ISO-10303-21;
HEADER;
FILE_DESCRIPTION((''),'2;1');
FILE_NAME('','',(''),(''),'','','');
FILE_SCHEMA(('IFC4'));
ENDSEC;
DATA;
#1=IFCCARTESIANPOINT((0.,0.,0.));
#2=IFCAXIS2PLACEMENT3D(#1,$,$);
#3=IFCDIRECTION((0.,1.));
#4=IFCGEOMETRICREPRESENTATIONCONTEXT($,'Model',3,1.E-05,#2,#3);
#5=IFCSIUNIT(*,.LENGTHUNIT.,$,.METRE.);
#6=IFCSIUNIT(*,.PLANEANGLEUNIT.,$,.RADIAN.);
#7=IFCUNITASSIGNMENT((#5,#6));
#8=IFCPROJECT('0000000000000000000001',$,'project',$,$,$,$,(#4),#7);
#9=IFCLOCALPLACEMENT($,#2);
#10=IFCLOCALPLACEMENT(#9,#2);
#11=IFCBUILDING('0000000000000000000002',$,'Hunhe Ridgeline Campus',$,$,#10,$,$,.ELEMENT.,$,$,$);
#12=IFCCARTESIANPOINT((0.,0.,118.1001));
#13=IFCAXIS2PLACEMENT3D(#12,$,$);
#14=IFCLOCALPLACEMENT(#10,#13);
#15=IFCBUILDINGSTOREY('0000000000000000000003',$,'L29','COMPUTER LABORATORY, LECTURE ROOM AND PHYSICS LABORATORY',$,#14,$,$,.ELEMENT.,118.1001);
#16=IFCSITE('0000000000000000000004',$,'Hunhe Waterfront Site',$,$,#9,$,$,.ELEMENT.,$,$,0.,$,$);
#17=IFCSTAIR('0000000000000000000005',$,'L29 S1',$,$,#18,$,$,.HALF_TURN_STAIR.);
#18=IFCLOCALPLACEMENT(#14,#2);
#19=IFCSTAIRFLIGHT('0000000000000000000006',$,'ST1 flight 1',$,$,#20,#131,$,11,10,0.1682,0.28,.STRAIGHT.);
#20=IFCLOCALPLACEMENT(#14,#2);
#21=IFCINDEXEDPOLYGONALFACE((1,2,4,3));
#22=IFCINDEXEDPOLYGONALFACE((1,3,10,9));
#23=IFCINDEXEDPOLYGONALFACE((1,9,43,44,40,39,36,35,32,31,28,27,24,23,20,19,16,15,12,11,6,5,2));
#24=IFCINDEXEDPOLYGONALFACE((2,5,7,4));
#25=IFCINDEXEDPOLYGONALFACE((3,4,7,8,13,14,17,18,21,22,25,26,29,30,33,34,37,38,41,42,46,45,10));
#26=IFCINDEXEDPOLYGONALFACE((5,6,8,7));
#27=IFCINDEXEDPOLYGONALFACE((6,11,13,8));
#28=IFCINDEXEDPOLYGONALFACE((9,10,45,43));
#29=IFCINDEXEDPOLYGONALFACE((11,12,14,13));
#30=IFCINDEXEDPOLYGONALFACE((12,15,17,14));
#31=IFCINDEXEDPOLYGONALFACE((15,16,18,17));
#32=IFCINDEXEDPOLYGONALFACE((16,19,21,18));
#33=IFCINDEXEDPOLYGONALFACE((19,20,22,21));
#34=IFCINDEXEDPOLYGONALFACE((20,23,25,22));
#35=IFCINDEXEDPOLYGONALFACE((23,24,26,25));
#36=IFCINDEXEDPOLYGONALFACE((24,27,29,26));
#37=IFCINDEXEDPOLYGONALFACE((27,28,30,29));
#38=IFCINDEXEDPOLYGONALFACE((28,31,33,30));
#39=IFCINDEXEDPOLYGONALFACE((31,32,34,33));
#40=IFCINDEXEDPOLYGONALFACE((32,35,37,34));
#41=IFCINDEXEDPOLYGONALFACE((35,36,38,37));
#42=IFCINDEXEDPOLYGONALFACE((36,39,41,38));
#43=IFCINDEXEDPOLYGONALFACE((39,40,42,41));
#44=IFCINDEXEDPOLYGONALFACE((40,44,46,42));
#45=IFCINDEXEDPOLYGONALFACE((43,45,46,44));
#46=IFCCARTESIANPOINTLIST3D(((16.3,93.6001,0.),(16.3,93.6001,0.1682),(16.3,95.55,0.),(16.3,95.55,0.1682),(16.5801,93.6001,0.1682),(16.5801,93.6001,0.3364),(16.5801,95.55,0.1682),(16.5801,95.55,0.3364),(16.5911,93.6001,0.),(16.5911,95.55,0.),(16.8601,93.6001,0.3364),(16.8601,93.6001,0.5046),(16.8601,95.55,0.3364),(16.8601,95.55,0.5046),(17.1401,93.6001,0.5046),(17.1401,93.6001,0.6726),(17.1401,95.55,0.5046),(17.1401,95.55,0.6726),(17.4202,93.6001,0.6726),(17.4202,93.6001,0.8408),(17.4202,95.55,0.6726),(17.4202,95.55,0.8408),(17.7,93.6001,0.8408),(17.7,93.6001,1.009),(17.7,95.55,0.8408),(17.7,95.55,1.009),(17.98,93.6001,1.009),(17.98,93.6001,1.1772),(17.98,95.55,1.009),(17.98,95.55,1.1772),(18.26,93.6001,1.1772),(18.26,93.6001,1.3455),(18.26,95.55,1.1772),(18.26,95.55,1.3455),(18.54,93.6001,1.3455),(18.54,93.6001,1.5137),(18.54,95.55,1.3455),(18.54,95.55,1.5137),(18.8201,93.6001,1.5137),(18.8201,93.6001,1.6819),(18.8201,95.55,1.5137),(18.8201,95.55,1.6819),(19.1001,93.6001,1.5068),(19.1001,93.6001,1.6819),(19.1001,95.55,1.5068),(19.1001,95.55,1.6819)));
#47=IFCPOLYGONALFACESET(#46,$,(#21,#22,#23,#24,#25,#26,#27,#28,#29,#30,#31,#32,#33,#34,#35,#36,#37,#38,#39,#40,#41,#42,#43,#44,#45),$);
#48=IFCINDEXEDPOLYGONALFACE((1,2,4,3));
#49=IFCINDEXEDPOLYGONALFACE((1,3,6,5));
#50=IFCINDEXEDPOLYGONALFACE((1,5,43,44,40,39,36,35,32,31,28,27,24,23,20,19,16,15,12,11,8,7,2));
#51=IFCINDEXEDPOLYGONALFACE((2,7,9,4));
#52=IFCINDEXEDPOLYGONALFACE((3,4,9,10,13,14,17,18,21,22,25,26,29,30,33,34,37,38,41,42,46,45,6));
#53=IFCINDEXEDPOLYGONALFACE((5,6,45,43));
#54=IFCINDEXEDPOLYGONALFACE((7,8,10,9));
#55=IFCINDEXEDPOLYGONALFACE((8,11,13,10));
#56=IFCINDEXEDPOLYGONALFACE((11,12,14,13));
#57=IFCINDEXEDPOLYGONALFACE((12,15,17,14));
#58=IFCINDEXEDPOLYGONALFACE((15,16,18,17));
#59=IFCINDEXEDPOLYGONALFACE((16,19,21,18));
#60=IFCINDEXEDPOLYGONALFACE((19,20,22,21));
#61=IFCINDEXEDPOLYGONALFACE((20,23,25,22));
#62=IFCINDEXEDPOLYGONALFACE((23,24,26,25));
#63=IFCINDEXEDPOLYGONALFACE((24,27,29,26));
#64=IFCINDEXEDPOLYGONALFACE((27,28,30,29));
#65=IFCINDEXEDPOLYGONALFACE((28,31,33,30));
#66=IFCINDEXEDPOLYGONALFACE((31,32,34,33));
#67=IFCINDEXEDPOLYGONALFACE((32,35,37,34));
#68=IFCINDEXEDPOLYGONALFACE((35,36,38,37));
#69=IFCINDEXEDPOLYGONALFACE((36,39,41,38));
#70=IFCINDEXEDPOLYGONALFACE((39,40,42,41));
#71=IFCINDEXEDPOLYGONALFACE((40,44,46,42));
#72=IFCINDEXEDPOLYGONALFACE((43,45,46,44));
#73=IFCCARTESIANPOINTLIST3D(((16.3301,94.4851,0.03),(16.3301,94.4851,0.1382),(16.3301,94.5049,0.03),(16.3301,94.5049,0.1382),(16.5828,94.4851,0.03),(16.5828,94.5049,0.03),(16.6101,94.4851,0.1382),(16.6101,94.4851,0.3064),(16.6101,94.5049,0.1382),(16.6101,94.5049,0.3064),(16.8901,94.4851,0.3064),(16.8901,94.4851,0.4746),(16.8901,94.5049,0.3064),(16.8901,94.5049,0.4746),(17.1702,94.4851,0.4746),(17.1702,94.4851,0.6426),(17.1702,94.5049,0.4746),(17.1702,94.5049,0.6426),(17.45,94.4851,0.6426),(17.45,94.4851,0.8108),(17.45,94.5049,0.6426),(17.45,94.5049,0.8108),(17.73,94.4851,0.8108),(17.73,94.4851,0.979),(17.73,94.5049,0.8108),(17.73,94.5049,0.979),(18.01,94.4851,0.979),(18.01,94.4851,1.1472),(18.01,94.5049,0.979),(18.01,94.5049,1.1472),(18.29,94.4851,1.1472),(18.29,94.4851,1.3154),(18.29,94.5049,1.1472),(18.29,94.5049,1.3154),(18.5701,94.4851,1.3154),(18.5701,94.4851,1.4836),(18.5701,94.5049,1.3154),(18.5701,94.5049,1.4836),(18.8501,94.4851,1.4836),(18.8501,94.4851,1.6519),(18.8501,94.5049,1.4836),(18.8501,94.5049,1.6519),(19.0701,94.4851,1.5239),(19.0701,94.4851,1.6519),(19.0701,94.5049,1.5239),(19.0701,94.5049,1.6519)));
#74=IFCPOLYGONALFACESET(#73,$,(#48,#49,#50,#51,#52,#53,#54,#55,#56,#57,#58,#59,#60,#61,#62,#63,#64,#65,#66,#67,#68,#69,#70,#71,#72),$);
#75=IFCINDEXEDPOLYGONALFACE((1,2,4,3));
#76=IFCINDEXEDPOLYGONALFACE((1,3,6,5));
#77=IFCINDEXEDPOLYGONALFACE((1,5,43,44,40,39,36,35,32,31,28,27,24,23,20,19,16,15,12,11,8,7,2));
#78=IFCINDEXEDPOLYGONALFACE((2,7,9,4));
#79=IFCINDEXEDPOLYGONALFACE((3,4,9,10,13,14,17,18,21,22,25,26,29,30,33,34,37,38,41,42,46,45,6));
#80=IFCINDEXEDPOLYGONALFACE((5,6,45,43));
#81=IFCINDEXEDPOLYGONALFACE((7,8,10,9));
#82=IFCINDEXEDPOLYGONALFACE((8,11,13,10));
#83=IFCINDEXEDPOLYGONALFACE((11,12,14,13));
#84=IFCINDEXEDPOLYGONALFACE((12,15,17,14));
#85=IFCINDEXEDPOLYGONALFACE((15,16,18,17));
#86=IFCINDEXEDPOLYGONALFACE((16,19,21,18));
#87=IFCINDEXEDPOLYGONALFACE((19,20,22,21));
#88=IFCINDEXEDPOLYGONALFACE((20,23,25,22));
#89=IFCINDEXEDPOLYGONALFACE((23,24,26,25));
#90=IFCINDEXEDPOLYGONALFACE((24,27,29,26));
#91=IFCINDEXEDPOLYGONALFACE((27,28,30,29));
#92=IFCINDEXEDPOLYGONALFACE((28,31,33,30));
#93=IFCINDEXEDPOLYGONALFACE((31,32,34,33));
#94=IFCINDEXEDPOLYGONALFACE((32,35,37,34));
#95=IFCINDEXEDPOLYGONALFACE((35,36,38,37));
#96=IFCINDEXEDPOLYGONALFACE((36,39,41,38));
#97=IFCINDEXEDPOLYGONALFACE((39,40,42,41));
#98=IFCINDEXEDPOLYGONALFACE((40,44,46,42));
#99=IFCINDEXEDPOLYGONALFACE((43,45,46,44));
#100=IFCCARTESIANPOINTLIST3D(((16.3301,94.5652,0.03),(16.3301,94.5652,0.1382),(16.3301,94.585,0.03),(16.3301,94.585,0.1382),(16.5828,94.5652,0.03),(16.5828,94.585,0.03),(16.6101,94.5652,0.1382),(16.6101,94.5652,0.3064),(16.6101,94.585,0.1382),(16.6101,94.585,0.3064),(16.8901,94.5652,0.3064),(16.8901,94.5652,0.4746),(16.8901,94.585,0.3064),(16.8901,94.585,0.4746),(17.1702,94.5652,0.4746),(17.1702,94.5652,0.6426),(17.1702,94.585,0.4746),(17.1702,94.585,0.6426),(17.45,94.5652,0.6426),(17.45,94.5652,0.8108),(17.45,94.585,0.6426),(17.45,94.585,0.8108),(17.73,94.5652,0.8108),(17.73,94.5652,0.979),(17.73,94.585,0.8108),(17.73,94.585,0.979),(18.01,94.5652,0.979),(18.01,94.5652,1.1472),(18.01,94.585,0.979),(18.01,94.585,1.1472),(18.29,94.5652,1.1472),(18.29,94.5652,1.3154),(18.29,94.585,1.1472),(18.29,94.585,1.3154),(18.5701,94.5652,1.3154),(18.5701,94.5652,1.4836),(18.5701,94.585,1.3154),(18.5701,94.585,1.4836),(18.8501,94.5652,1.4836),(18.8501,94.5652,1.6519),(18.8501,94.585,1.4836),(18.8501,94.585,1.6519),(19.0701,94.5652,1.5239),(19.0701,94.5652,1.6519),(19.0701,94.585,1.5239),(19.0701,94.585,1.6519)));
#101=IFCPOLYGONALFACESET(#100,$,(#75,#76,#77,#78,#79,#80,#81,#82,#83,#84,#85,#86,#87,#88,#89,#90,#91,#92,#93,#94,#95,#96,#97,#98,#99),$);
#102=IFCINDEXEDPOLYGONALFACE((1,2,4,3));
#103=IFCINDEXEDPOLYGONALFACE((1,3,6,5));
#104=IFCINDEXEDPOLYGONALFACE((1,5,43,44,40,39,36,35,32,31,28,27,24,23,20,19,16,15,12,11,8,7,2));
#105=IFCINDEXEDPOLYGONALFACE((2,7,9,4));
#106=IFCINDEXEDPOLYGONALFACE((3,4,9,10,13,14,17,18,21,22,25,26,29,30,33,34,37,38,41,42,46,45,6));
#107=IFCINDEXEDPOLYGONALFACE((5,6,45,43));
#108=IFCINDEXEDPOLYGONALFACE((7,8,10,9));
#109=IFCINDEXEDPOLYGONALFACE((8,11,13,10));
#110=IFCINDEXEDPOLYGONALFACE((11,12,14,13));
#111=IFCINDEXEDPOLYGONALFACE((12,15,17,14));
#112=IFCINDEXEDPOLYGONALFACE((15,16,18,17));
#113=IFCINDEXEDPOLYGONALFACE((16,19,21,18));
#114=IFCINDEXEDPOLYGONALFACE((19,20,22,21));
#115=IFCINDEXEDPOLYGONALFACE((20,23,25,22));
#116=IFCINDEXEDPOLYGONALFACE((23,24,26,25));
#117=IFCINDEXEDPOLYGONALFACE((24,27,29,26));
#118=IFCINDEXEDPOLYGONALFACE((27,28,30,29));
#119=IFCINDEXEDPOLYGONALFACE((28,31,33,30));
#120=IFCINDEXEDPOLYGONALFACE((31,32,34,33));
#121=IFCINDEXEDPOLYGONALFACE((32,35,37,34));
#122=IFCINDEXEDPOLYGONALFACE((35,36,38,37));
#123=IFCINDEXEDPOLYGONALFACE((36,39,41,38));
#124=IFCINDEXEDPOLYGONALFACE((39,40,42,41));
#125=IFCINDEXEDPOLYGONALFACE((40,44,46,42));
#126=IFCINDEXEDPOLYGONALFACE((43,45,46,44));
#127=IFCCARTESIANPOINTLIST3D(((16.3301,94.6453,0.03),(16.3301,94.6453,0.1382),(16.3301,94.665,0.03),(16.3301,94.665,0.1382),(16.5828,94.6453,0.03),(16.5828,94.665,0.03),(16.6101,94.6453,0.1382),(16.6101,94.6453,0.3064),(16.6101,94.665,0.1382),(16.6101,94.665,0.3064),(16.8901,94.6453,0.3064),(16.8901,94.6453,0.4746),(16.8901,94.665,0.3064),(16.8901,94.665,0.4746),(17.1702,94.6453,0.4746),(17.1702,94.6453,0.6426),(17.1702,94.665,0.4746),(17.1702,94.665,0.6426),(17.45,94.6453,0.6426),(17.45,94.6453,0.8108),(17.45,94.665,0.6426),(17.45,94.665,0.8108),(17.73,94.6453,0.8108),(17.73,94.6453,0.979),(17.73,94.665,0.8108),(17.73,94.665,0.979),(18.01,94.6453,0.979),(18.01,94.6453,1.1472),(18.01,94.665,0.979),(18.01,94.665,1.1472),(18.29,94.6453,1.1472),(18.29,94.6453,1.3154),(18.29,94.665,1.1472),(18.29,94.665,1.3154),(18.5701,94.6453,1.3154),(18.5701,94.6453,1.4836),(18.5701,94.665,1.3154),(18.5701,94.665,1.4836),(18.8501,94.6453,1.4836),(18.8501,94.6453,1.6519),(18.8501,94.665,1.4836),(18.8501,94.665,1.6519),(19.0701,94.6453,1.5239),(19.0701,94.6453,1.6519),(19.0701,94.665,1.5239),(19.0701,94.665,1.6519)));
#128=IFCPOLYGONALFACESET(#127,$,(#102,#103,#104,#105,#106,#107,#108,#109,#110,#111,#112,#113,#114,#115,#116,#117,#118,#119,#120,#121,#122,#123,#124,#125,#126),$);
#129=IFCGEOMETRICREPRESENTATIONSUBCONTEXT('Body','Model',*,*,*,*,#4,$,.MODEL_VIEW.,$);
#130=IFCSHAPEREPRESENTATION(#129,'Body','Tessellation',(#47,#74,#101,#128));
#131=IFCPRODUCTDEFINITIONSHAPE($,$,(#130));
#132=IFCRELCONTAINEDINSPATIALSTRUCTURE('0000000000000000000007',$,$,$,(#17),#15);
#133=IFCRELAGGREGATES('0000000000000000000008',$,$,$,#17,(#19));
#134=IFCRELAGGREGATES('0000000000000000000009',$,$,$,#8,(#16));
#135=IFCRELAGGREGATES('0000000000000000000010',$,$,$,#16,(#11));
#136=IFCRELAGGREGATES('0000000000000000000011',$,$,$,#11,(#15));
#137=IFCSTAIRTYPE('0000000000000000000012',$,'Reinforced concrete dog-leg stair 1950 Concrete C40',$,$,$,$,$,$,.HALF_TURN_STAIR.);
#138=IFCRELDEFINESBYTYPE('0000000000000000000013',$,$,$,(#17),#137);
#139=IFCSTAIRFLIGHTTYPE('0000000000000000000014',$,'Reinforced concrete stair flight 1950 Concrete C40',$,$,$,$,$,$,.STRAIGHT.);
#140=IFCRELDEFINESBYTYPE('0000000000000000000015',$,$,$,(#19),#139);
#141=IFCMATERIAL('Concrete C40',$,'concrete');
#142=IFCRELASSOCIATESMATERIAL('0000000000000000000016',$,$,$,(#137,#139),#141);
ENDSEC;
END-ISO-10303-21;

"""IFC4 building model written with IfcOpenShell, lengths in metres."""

from ifc_helpers import new_model, si_unit, direction, frame, origin, place, context, subcontext, project, spatial, polyline, outline, extrude, material, type_object, element, aggregate, save


model = new_model("IFC4")

# Units and contexts
model_context = context("Model", 3, precision=1e-05, world=origin(), true_north=direction((0.0, 1.0)))
body_context = subcontext(model_context, "Body", "Model", "MODEL_VIEW")
ifc_project = project(units=[si_unit("LENGTHUNIT", "METRE"), si_unit("PLANEANGLEUNIT", "RADIAN")], contexts=[model_context])

# Site, building, storey
site_placement = place(None, origin())
site = spatial("IfcSite", under=ifc_project, at=site_placement, Name="Hunhe Waterfront Site", CompositionType="ELEMENT", RefElevation=0.0)
building_placement = place(site_placement, origin())
building = spatial("IfcBuilding", under=site, at=building_placement, Name="Hunhe Ridgeline Campus", CompositionType="ELEMENT")
storey_placement = place(building_placement, frame((0.0, 0.0, 118.1001)))
storey = spatial("IfcBuildingStorey", under=building, at=storey_placement, Name="L29", Description="COMPUTER LABORATORY, LECTURE ROOM AND PHYSICS LABORATORY", CompositionType="ELEMENT", Elevation=118.1001)

# Stair, stair flight
ifc_material_1 = material(Name="Concrete C40", Category="concrete")
stair_type = type_object("IfcStairType", Name="Reinforced concrete dog-leg stair 1950 Concrete C40", PredefinedType="HALF_TURN_STAIR", material=ifc_material_1)
stair_placement = place(storey_placement, origin())
stair = element("IfcStair", 1, at=stair_placement, inside=storey, type_object=stair_type, Name="L29 S1", PredefinedType="HALF_TURN_STAIR")
stair_flight_type = type_object("IfcStairFlightType", Name="Reinforced concrete stair flight 1950 Concrete C40", PredefinedType="STRAIGHT", material=ifc_material_1)
stair_flight_placement = place(storey_placement, frame((16.3, 94.575, 0.0), z_axis=(0.0, 0.0, 1.0), x_axis=(1.0, 0.0, 0.0)))
stair_flight = element("IfcStairFlight", 2, at=stair_flight_placement, type_object=stair_flight_type, Name="ST1 flight 1", NumberOfRisers=11, NumberOfTreads=10, PredefinedType="STRAIGHT", RiserHeight=0.1682, TreadLength=0.28, context=body_context, shape_type="SweptSolid", body=[
    extrude(outline(polyline([(0.0, 0.0), (0.0, 0.1682), (0.28, 0.1682), (0.28, 0.3364), (0.5601, 0.3364), (0.5601, 0.5046), (0.8401, 0.5046), (0.8401, 0.6726), (1.1201, 0.6726), (1.1201, 0.8408), (1.3999, 0.8408), (1.3999, 1.009), (1.6799, 1.009), (1.6799, 1.1772), (1.96, 1.1772), (1.96, 1.3455), (2.24, 1.3455), (2.24, 1.5137), (2.52, 1.5137), (2.52, 1.6819), (2.8, 1.6819), (2.8, 1.8501), (2.8, 1.5068), (0.291, 0.0), (0.0, 0.0)])), frame((0.0, 0.9751, 0.0), z_axis=(0.0, -1.0, 0.0), x_axis=(1.0, 0.0, 0.0)), (0.0, 0.0, 1.0), 1.95),
    extrude(outline(polyline([(0.03, 0.03), (0.03, 0.1382), (0.3101, 0.1382), (0.3101, 0.3064), (0.5901, 0.3064), (0.5901, 0.4746), (0.8701, 0.4746), (0.8701, 0.6426), (1.1499, 0.6426), (1.1499, 0.8108), (1.4299, 0.8108), (1.4299, 0.979), (1.71, 0.979), (1.71, 1.1472), (1.99, 1.1472), (1.99, 1.3154), (2.27, 1.3154), (2.27, 1.4836), (2.55, 1.4836), (2.55, 1.6519), (2.77, 1.6519), (2.77, 1.5239), (0.2827, 0.03), (0.03, 0.03)])), frame((0.0, -0.0701, 0.0), z_axis=(0.0, -1.0, 0.0), x_axis=(1.0, 0.0, 0.0)), (0.0, 0.0, 1.0), 0.0198),
    extrude(outline(polyline([(0.03, 0.03), (0.03, 0.1382), (0.3101, 0.1382), (0.3101, 0.3064), (0.5901, 0.3064), (0.5901, 0.4746), (0.8701, 0.4746), (0.8701, 0.6426), (1.1499, 0.6426), (1.1499, 0.8108), (1.4299, 0.8108), (1.4299, 0.979), (1.71, 0.979), (1.71, 1.1472), (1.99, 1.1472), (1.99, 1.3154), (2.27, 1.3154), (2.27, 1.4836), (2.55, 1.4836), (2.55, 1.6519), (2.77, 1.6519), (2.77, 1.5239), (0.2827, 0.03), (0.03, 0.03)])), frame((0.0, 0.01, 0.0), z_axis=(0.0, -1.0, 0.0), x_axis=(1.0, 0.0, 0.0)), (0.0, 0.0, 1.0), 0.0198),
    extrude(outline(polyline([(0.03, 0.03), (0.03, 0.1382), (0.3101, 0.1382), (0.3101, 0.3064), (0.5901, 0.3064), (0.5901, 0.4746), (0.8701, 0.4746), (0.8701, 0.6426), (1.1499, 0.6426), (1.1499, 0.8108), (1.4299, 0.8108), (1.4299, 0.979), (1.71, 0.979), (1.71, 1.1472), (1.99, 1.1472), (1.99, 1.3154), (2.27, 1.3154), (2.27, 1.4836), (2.55, 1.4836), (2.55, 1.6519), (2.77, 1.6519), (2.77, 1.5239), (0.2827, 0.03), (0.03, 0.03)])), frame((0.0, 0.0901, 0.0), z_axis=(0.0, -1.0, 0.0), x_axis=(1.0, 0.0, 0.0)), (0.0, 0.0, 1.0), 0.0198),
])
aggregate(stair, [stair_flight])

save(model, "model.ifc")
